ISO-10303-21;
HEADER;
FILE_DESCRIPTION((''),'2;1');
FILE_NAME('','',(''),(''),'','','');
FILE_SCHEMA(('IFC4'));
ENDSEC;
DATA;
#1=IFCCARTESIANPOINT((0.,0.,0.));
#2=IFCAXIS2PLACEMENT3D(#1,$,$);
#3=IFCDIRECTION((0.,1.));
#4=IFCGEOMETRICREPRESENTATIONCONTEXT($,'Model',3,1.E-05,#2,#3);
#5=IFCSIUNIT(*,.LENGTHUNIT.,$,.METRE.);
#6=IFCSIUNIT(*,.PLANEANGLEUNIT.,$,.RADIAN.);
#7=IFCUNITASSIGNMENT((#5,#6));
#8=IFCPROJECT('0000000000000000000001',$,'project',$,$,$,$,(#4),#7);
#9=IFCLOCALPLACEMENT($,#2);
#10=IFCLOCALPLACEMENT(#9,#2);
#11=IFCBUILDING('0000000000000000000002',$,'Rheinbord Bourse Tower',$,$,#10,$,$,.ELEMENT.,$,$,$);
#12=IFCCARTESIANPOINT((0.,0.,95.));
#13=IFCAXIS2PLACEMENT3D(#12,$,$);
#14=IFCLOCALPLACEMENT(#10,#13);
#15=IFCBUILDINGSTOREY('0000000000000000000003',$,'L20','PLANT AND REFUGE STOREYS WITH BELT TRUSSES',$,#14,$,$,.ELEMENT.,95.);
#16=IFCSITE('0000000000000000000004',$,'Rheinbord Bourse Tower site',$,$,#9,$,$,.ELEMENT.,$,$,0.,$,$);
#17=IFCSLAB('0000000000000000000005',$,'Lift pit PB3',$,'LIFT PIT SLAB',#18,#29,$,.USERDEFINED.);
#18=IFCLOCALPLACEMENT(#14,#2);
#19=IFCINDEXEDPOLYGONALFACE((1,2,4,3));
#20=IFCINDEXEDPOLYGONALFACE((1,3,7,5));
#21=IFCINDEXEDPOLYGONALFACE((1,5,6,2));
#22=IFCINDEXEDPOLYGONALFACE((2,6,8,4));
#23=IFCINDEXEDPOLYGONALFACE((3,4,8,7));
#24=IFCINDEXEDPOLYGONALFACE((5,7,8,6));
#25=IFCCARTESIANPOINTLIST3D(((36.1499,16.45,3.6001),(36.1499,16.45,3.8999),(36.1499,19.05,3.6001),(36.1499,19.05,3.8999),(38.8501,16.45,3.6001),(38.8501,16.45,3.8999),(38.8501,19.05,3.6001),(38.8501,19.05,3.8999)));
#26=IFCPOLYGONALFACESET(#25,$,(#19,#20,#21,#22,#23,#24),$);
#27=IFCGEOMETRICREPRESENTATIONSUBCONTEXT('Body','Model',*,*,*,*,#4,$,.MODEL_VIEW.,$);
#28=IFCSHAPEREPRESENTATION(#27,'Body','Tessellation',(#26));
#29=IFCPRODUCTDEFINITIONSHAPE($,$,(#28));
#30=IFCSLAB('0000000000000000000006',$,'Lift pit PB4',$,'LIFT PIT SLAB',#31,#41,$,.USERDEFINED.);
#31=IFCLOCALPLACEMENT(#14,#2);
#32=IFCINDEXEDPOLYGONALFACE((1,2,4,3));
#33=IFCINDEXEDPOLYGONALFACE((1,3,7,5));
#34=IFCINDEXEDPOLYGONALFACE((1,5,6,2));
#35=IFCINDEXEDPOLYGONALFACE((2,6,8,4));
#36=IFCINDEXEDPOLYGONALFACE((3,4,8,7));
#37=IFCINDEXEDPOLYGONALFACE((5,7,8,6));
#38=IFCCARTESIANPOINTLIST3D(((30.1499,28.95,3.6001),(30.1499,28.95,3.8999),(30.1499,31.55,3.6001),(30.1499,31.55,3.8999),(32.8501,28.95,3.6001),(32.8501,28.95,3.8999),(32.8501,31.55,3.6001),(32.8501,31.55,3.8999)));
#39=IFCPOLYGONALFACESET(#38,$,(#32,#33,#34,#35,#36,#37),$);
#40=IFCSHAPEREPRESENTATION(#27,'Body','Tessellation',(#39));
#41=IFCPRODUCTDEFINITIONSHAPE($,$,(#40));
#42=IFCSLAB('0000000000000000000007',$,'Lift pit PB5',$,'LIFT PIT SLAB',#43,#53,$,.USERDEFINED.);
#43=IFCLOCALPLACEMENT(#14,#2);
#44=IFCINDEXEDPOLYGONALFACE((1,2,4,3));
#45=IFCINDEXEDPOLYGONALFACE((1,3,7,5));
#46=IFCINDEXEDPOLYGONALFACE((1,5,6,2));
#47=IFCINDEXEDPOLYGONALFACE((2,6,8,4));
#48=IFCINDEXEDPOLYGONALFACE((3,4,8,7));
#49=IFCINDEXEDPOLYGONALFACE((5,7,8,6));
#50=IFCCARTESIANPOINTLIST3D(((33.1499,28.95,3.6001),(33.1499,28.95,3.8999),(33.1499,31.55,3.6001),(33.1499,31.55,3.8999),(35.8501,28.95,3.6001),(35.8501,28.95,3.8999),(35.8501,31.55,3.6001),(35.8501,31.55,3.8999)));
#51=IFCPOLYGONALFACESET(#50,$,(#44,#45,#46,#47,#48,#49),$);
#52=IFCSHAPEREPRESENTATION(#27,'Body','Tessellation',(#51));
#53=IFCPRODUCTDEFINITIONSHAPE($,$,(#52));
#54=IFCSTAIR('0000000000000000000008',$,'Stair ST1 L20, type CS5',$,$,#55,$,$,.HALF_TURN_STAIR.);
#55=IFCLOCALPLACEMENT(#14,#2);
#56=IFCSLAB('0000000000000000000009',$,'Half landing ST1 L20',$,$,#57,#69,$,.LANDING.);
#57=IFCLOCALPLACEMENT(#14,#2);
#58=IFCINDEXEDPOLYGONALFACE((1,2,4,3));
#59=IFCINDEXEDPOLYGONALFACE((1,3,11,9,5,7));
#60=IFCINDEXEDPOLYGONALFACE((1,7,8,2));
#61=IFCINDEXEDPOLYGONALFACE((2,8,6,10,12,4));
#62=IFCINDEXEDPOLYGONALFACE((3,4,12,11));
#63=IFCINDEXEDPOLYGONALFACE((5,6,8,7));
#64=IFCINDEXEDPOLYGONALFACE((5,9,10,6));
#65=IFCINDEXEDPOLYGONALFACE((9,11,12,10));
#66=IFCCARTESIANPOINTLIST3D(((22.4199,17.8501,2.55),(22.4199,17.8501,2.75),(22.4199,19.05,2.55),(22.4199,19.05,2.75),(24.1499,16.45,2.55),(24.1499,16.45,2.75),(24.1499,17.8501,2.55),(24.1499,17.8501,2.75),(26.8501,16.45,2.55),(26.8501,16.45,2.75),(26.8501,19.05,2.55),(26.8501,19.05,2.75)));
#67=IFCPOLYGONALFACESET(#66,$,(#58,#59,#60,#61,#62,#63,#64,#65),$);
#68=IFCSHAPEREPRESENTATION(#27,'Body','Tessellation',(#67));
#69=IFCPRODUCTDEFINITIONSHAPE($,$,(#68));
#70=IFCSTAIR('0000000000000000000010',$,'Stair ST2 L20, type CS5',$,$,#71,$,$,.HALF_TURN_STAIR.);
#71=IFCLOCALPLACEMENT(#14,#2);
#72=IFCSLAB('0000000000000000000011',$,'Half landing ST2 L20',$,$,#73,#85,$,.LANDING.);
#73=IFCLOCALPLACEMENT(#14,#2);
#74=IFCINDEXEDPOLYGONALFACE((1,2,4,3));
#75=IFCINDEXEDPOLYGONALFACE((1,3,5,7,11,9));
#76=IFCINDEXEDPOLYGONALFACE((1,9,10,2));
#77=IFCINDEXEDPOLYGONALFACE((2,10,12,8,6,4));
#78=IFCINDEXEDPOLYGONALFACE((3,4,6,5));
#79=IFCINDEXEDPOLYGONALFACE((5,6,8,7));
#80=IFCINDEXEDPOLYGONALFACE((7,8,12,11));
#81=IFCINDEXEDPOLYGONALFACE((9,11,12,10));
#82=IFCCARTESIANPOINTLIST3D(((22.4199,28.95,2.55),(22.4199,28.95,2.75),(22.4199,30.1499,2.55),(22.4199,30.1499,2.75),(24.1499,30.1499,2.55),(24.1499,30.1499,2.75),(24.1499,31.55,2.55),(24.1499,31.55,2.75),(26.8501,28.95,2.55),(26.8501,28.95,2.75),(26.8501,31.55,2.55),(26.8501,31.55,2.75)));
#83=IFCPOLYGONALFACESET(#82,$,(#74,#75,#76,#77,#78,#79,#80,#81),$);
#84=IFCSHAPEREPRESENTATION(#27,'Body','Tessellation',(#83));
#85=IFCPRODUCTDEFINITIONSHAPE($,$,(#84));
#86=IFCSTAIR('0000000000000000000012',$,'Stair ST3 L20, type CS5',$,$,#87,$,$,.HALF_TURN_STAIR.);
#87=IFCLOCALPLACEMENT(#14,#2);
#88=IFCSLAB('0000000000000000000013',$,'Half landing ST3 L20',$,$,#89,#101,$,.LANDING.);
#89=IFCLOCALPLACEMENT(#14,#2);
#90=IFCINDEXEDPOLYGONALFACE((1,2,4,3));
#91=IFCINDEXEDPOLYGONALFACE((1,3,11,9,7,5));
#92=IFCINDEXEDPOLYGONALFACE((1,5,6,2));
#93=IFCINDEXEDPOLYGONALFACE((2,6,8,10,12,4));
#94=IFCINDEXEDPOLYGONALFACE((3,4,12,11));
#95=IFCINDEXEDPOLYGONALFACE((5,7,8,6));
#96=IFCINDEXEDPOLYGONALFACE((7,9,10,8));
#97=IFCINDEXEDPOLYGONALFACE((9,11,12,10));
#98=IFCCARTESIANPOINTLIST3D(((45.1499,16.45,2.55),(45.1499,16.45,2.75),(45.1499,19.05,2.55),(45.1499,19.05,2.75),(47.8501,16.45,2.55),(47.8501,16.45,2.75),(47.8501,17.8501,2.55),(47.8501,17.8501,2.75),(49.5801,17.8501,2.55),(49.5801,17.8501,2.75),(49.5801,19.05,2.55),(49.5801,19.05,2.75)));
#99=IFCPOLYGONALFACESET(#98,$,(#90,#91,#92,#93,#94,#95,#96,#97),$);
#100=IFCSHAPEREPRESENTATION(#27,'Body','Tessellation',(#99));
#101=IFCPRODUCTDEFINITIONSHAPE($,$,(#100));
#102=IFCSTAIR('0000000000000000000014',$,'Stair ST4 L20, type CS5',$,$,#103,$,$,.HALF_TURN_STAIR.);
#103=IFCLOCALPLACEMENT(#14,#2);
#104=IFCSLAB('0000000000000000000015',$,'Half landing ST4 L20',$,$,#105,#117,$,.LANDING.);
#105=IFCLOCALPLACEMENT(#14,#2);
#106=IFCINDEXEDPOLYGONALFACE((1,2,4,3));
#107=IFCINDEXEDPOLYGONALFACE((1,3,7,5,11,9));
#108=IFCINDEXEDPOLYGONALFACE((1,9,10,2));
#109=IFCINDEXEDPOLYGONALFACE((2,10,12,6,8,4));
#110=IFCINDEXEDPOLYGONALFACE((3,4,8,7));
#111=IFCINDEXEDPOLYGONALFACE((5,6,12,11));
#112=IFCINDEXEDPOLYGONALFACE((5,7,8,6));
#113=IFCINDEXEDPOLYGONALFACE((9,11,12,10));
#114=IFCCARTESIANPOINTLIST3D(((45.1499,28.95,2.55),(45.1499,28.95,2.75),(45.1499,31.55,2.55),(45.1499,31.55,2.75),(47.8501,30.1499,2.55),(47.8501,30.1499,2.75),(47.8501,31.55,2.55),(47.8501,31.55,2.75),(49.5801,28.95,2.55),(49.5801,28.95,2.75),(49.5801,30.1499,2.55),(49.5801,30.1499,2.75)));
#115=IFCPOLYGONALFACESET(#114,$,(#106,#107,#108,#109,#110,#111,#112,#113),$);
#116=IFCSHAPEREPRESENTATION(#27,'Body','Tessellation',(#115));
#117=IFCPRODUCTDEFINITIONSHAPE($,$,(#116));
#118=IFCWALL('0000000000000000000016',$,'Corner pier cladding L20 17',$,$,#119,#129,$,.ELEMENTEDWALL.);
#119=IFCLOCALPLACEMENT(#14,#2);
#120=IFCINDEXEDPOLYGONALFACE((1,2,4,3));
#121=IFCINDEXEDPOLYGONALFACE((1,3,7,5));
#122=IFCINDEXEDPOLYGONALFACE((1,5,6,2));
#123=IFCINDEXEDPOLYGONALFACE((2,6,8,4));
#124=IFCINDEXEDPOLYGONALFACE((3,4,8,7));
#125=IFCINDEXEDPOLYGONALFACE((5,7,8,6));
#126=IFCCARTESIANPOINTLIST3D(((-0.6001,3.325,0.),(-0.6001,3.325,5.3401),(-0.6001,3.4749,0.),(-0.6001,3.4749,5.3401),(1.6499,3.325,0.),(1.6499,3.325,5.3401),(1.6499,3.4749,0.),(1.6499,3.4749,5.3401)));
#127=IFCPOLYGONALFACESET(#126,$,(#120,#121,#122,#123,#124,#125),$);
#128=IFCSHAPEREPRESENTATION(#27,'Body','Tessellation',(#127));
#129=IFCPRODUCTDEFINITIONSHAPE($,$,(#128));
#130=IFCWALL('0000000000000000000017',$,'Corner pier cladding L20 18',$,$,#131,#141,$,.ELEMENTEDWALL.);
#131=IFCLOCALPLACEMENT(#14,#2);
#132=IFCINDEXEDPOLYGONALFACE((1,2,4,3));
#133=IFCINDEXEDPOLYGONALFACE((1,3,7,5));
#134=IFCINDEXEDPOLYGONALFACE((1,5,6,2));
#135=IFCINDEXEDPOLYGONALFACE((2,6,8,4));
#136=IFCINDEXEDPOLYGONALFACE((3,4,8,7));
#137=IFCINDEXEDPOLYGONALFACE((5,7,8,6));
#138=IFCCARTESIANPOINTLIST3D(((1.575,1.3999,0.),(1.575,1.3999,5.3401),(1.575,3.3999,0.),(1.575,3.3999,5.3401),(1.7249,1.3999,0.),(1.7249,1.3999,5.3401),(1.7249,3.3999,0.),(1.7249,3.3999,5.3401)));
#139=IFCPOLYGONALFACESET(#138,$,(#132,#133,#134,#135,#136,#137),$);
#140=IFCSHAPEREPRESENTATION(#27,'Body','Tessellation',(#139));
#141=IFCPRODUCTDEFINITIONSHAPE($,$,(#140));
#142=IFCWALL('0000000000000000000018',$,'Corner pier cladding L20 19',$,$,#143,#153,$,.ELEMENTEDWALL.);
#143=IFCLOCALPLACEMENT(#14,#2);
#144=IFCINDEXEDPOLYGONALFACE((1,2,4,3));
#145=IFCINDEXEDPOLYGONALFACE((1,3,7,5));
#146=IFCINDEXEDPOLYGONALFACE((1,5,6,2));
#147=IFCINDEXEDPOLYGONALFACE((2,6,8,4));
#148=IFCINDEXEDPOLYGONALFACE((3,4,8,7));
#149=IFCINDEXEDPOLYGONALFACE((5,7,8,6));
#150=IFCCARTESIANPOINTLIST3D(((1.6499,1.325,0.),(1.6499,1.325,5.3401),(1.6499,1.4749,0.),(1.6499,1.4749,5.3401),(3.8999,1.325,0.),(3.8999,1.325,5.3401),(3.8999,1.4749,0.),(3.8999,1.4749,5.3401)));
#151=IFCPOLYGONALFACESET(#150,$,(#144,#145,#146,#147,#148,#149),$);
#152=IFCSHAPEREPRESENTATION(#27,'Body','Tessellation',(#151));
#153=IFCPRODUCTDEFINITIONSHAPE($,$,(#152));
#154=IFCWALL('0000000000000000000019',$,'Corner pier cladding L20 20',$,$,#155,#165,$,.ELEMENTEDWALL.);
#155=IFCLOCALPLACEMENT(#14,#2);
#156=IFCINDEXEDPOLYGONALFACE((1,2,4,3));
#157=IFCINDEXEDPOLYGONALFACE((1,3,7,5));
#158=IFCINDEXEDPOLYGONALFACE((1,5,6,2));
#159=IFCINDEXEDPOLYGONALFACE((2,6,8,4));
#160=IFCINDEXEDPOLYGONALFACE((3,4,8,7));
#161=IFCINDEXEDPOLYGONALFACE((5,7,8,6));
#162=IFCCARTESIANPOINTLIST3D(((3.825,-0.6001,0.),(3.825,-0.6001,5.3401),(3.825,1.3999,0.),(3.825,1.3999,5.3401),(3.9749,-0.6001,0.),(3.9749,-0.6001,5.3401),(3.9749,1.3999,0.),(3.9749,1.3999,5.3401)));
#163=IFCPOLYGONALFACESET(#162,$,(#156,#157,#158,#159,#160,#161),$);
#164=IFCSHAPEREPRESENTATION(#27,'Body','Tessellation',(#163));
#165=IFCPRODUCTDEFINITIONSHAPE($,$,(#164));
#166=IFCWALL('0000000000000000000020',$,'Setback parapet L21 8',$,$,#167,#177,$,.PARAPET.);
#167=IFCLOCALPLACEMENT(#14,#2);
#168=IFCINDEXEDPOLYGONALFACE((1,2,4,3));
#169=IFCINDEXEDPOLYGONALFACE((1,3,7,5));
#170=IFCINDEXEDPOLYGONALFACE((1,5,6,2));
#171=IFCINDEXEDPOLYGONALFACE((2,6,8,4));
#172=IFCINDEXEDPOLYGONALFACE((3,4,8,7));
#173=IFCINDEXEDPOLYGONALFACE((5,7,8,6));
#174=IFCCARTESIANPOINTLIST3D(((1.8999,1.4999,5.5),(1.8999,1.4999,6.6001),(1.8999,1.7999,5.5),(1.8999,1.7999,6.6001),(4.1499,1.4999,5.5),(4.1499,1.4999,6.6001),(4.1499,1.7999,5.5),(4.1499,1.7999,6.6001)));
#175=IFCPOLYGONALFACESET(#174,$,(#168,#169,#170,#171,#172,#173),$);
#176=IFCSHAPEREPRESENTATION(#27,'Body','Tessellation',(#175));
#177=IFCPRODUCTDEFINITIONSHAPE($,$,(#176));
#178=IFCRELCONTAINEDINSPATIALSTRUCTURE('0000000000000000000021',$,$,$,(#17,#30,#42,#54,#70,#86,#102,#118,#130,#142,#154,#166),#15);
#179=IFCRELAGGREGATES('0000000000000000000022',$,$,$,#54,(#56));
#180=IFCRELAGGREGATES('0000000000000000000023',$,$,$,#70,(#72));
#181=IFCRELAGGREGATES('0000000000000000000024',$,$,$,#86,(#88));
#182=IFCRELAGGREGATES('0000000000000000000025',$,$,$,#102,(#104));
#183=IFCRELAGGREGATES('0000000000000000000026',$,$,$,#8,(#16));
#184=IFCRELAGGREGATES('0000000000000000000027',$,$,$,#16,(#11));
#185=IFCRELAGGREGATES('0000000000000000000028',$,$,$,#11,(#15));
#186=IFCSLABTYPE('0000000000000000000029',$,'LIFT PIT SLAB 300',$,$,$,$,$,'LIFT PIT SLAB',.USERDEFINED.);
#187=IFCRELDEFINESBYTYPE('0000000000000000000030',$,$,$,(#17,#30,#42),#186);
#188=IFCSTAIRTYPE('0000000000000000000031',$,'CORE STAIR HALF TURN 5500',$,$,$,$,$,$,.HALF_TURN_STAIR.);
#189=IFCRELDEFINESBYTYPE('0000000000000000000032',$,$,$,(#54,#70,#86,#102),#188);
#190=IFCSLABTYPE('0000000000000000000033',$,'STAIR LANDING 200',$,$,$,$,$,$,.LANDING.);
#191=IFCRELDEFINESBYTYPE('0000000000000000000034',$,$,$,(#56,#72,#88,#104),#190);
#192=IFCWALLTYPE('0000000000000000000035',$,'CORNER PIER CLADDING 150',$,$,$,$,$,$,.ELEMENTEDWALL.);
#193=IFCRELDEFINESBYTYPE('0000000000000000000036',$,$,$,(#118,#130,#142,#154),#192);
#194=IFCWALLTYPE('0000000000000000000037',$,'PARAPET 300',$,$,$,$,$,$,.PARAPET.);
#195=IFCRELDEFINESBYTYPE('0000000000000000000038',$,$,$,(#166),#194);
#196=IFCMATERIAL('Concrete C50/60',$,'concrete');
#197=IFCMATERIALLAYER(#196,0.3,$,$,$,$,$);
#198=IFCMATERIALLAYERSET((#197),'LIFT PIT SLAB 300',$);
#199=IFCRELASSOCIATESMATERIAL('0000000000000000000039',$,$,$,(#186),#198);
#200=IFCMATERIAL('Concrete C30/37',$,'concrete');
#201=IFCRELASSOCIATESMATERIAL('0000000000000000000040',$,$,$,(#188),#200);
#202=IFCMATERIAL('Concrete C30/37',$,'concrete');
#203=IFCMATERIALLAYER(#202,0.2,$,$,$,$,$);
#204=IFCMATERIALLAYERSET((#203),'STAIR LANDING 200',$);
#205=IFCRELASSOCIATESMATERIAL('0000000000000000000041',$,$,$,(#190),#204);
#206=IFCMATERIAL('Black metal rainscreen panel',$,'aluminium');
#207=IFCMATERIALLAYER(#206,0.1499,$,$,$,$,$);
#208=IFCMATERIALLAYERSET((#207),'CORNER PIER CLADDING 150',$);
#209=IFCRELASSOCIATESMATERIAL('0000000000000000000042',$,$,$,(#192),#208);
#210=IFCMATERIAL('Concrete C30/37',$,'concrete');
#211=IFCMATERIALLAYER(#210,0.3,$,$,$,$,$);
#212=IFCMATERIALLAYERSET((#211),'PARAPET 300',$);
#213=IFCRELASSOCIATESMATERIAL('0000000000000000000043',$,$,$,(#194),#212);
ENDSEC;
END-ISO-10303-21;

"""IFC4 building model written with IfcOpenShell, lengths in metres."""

from ifc_helpers import new_model, si_unit, direction, frame, frame_2d, origin, place, context, subcontext, project, spatial, polyline, rectangle, outline, extrude, material, layer, layer_set, type_object, element, aggregate, save


model = new_model("IFC4")

# Units and contexts
model_context = context("Model", 3, precision=1e-05, world=origin(), true_north=direction((0.0, 1.0)))
body_context = subcontext(model_context, "Body", "Model", "MODEL_VIEW")
ifc_project = project(units=[si_unit("LENGTHUNIT", "METRE"), si_unit("PLANEANGLEUNIT", "RADIAN")], contexts=[model_context])

# Site, building, storey
site_placement = place(None, origin())
site = spatial("IfcSite", under=ifc_project, at=site_placement, Name="Rheinbord Bourse Tower site", CompositionType="ELEMENT", RefElevation=0.0)
building_placement = place(site_placement, origin())
building = spatial("IfcBuilding", under=site, at=building_placement, Name="Rheinbord Bourse Tower", CompositionType="ELEMENT")
storey_placement = place(building_placement, frame((0.0, 0.0, 95.0)))
storey = spatial("IfcBuildingStorey", under=building, at=storey_placement, Name="L20", Description="PLANT AND REFUGE STOREYS WITH BELT TRUSSES", CompositionType="ELEMENT", Elevation=95.0)

# Slabs
ifc_material_1 = material(Name="Concrete C50/60", Category="concrete")
ifc_layer_1 = layer(ifc_material_1, 0.3)
ifc_layer_set_1 = layer_set([ifc_layer_1], Name="LIFT PIT SLAB 300")
slab_type_1 = type_object("IfcSlabType", Name="LIFT PIT SLAB 300", ElementType="LIFT PIT SLAB", PredefinedType="USERDEFINED", material=ifc_layer_set_1)
slab_1_placement = place(storey_placement, frame((0.0, 0.0, 3.6001)))
element("IfcSlab", 1, at=slab_1_placement, inside=storey, type_object=slab_type_1, Name="Lift pit PB3", ObjectType="LIFT PIT SLAB", PredefinedType="USERDEFINED", context=body_context, shape_type="SweptSolid", body=[
    extrude(outline(polyline([(36.1499, 16.45), (38.8501, 16.45), (38.8501, 19.05), (36.1499, 19.05), (36.1499, 16.45)])), origin(), (0.0, 0.0, 1.0), 0.2998),
])
slab_2_placement = place(storey_placement, frame((0.0, 0.0, 3.6001)))
element("IfcSlab", 2, at=slab_2_placement, inside=storey, type_object=slab_type_1, Name="Lift pit PB4", ObjectType="LIFT PIT SLAB", PredefinedType="USERDEFINED", context=body_context, shape_type="SweptSolid", body=[
    extrude(outline(polyline([(30.1499, 28.95), (32.8501, 28.95), (32.8501, 31.55), (30.1499, 31.55), (30.1499, 28.95)])), origin(), (0.0, 0.0, 1.0), 0.2998),
])
slab_3_placement = place(storey_placement, frame((0.0, 0.0, 3.6001)))
element("IfcSlab", 3, at=slab_3_placement, inside=storey, type_object=slab_type_1, Name="Lift pit PB5", ObjectType="LIFT PIT SLAB", PredefinedType="USERDEFINED", context=body_context, shape_type="SweptSolid", body=[
    extrude(outline(polyline([(33.1499, 28.95), (35.8501, 28.95), (35.8501, 31.55), (33.1499, 31.55), (33.1499, 28.95)])), origin(), (0.0, 0.0, 1.0), 0.2998),
])

# Stairs, slabs
ifc_material_2 = material(Name="Concrete C30/37", Category="concrete")
stair_type = type_object("IfcStairType", Name="CORE STAIR HALF TURN 5500", PredefinedType="HALF_TURN_STAIR", material=ifc_material_2)
stair_1_placement = place(storey_placement, origin())
stair_1 = element("IfcStair", 4, at=stair_1_placement, inside=storey, type_object=stair_type, Name="Stair ST1 L20, type CS5", PredefinedType="HALF_TURN_STAIR")
ifc_material_3 = material(Name="Concrete C30/37", Category="concrete")
ifc_layer_2 = layer(ifc_material_3, 0.2)
ifc_layer_set_2 = layer_set([ifc_layer_2], Name="STAIR LANDING 200")
slab_type_2 = type_object("IfcSlabType", Name="STAIR LANDING 200", PredefinedType="LANDING", material=ifc_layer_set_2)
slab_4_placement = place(storey_placement, frame((0.0, 0.0, 2.55)))
slab_4 = element("IfcSlab", 5, at=slab_4_placement, type_object=slab_type_2, Name="Half landing ST1 L20", PredefinedType="LANDING", context=body_context, shape_type="SweptSolid", body=[
    extrude(outline(polyline([(24.1499, 16.45), (26.8501, 16.45), (26.8501, 19.05), (22.4199, 19.05), (22.4199, 17.8501), (24.1499, 17.8501), (24.1499, 16.45)])), origin(), (0.0, 0.0, 1.0), 0.2),
])
aggregate(stair_1, [slab_4])
stair_2_placement = place(storey_placement, origin())
stair_2 = element("IfcStair", 6, at=stair_2_placement, inside=storey, type_object=stair_type, Name="Stair ST2 L20, type CS5", PredefinedType="HALF_TURN_STAIR")
slab_5_placement = place(storey_placement, frame((0.0, 0.0, 2.55)))
slab_5 = element("IfcSlab", 7, at=slab_5_placement, type_object=slab_type_2, Name="Half landing ST2 L20", PredefinedType="LANDING", context=body_context, shape_type="SweptSolid", body=[
    extrude(outline(polyline([(22.4199, 28.95), (26.8501, 28.95), (26.8501, 31.55), (24.1499, 31.55), (24.1499, 30.1499), (22.4199, 30.1499), (22.4199, 28.95)])), origin(), (0.0, 0.0, 1.0), 0.2),
])
aggregate(stair_2, [slab_5])
stair_3_placement = place(storey_placement, origin())
stair_3 = element("IfcStair", 8, at=stair_3_placement, inside=storey, type_object=stair_type, Name="Stair ST3 L20, type CS5", PredefinedType="HALF_TURN_STAIR")
slab_6_placement = place(storey_placement, frame((0.0, 0.0, 2.55)))
slab_6 = element("IfcSlab", 9, at=slab_6_placement, type_object=slab_type_2, Name="Half landing ST3 L20", PredefinedType="LANDING", context=body_context, shape_type="SweptSolid", body=[
    extrude(outline(polyline([(45.1499, 16.45), (47.8501, 16.45), (47.8501, 17.8501), (49.5801, 17.8501), (49.5801, 19.05), (45.1499, 19.05), (45.1499, 16.45)])), origin(), (0.0, 0.0, 1.0), 0.2),
])
aggregate(stair_3, [slab_6])
stair_4_placement = place(storey_placement, origin())
stair_4 = element("IfcStair", 10, at=stair_4_placement, inside=storey, type_object=stair_type, Name="Stair ST4 L20, type CS5", PredefinedType="HALF_TURN_STAIR")
slab_7_placement = place(storey_placement, frame((0.0, 0.0, 2.55)))
slab_7 = element("IfcSlab", 11, at=slab_7_placement, type_object=slab_type_2, Name="Half landing ST4 L20", PredefinedType="LANDING", context=body_context, shape_type="SweptSolid", body=[
    extrude(outline(polyline([(45.1499, 28.95), (49.5801, 28.95), (49.5801, 30.1499), (47.8501, 30.1499), (47.8501, 31.55), (45.1499, 31.55), (45.1499, 28.95)])), origin(), (0.0, 0.0, 1.0), 0.2),
])
aggregate(stair_4, [slab_7])

# Walls
ifc_material_4 = material(Name="Black metal rainscreen panel", Category="aluminium")
ifc_layer_3 = layer(ifc_material_4, 0.1499)
ifc_layer_set_3 = layer_set([ifc_layer_3], Name="CORNER PIER CLADDING 150")
wall_type_1 = type_object("IfcWallType", Name="CORNER PIER CLADDING 150", PredefinedType="ELEMENTEDWALL", material=ifc_layer_set_3)
wall_1_placement = place(storey_placement, frame((-0.6001, 3.3999, 0.0), z_axis=(0.0, 0.0, 1.0), x_axis=(1.0, 0.0, 0.0)))
element("IfcWall", 12, at=wall_1_placement, inside=storey, type_object=wall_type_1, Name="Corner pier cladding L20 17", PredefinedType="ELEMENTEDWALL", context=body_context, shape_type="SweptSolid", body=[
    extrude(rectangle(XDim=2.25, YDim=0.1499, at=frame_2d((1.125, 0.0))), origin(), (0.0, 0.0, 1.0), 5.3401),
])
wall_2_placement = place(storey_placement, frame((1.6499, 3.3999, 0.0), z_axis=(0.0, 0.0, 1.0), x_axis=(0.0, -1.0, 0.0)))
element("IfcWall", 13, at=wall_2_placement, inside=storey, type_object=wall_type_1, Name="Corner pier cladding L20 18", PredefinedType="ELEMENTEDWALL", context=body_context, shape_type="SweptSolid", body=[
    extrude(rectangle(XDim=2.0, YDim=0.1499, at=frame_2d((1.0, 0.0))), origin(), (0.0, 0.0, 1.0), 5.3401),
])
wall_3_placement = place(storey_placement, frame((1.6499, 1.3999, 0.0), z_axis=(0.0, 0.0, 1.0), x_axis=(1.0, 0.0, 0.0)))
element("IfcWall", 14, at=wall_3_placement, inside=storey, type_object=wall_type_1, Name="Corner pier cladding L20 19", PredefinedType="ELEMENTEDWALL", context=body_context, shape_type="SweptSolid", body=[
    extrude(rectangle(XDim=2.25, YDim=0.1499, at=frame_2d((1.125, 0.0))), origin(), (0.0, 0.0, 1.0), 5.3401),
])
wall_4_placement = place(storey_placement, frame((3.8999, 1.3999, 0.0), z_axis=(0.0, 0.0, 1.0), x_axis=(0.0, -1.0, 0.0)))
element("IfcWall", 15, at=wall_4_placement, inside=storey, type_object=wall_type_1, Name="Corner pier cladding L20 20", PredefinedType="ELEMENTEDWALL", context=body_context, shape_type="SweptSolid", body=[
    extrude(rectangle(XDim=2.0, YDim=0.1499, at=frame_2d((1.0, 0.0))), origin(), (0.0, 0.0, 1.0), 5.3401),
])
ifc_material_5 = material(Name="Concrete C30/37", Category="concrete")
ifc_layer_4 = layer(ifc_material_5, 0.3)
ifc_layer_set_4 = layer_set([ifc_layer_4], Name="PARAPET 300")
wall_type_2 = type_object("IfcWallType", Name="PARAPET 300", PredefinedType="PARAPET", material=ifc_layer_set_4)
wall_5_placement = place(storey_placement, frame((1.8999, 1.6499, 5.5), z_axis=(0.0, 0.0, 1.0), x_axis=(1.0, 0.0, 0.0)))
element("IfcWall", 16, at=wall_5_placement, inside=storey, type_object=wall_type_2, Name="Setback parapet L21 8", PredefinedType="PARAPET", context=body_context, shape_type="SweptSolid", body=[
    extrude(rectangle(XDim=2.25, YDim=0.3, at=frame_2d((1.125, 0.0))), origin(), (0.0, 0.0, 1.0), 1.1001),
])

save(model, "model.ifc")
